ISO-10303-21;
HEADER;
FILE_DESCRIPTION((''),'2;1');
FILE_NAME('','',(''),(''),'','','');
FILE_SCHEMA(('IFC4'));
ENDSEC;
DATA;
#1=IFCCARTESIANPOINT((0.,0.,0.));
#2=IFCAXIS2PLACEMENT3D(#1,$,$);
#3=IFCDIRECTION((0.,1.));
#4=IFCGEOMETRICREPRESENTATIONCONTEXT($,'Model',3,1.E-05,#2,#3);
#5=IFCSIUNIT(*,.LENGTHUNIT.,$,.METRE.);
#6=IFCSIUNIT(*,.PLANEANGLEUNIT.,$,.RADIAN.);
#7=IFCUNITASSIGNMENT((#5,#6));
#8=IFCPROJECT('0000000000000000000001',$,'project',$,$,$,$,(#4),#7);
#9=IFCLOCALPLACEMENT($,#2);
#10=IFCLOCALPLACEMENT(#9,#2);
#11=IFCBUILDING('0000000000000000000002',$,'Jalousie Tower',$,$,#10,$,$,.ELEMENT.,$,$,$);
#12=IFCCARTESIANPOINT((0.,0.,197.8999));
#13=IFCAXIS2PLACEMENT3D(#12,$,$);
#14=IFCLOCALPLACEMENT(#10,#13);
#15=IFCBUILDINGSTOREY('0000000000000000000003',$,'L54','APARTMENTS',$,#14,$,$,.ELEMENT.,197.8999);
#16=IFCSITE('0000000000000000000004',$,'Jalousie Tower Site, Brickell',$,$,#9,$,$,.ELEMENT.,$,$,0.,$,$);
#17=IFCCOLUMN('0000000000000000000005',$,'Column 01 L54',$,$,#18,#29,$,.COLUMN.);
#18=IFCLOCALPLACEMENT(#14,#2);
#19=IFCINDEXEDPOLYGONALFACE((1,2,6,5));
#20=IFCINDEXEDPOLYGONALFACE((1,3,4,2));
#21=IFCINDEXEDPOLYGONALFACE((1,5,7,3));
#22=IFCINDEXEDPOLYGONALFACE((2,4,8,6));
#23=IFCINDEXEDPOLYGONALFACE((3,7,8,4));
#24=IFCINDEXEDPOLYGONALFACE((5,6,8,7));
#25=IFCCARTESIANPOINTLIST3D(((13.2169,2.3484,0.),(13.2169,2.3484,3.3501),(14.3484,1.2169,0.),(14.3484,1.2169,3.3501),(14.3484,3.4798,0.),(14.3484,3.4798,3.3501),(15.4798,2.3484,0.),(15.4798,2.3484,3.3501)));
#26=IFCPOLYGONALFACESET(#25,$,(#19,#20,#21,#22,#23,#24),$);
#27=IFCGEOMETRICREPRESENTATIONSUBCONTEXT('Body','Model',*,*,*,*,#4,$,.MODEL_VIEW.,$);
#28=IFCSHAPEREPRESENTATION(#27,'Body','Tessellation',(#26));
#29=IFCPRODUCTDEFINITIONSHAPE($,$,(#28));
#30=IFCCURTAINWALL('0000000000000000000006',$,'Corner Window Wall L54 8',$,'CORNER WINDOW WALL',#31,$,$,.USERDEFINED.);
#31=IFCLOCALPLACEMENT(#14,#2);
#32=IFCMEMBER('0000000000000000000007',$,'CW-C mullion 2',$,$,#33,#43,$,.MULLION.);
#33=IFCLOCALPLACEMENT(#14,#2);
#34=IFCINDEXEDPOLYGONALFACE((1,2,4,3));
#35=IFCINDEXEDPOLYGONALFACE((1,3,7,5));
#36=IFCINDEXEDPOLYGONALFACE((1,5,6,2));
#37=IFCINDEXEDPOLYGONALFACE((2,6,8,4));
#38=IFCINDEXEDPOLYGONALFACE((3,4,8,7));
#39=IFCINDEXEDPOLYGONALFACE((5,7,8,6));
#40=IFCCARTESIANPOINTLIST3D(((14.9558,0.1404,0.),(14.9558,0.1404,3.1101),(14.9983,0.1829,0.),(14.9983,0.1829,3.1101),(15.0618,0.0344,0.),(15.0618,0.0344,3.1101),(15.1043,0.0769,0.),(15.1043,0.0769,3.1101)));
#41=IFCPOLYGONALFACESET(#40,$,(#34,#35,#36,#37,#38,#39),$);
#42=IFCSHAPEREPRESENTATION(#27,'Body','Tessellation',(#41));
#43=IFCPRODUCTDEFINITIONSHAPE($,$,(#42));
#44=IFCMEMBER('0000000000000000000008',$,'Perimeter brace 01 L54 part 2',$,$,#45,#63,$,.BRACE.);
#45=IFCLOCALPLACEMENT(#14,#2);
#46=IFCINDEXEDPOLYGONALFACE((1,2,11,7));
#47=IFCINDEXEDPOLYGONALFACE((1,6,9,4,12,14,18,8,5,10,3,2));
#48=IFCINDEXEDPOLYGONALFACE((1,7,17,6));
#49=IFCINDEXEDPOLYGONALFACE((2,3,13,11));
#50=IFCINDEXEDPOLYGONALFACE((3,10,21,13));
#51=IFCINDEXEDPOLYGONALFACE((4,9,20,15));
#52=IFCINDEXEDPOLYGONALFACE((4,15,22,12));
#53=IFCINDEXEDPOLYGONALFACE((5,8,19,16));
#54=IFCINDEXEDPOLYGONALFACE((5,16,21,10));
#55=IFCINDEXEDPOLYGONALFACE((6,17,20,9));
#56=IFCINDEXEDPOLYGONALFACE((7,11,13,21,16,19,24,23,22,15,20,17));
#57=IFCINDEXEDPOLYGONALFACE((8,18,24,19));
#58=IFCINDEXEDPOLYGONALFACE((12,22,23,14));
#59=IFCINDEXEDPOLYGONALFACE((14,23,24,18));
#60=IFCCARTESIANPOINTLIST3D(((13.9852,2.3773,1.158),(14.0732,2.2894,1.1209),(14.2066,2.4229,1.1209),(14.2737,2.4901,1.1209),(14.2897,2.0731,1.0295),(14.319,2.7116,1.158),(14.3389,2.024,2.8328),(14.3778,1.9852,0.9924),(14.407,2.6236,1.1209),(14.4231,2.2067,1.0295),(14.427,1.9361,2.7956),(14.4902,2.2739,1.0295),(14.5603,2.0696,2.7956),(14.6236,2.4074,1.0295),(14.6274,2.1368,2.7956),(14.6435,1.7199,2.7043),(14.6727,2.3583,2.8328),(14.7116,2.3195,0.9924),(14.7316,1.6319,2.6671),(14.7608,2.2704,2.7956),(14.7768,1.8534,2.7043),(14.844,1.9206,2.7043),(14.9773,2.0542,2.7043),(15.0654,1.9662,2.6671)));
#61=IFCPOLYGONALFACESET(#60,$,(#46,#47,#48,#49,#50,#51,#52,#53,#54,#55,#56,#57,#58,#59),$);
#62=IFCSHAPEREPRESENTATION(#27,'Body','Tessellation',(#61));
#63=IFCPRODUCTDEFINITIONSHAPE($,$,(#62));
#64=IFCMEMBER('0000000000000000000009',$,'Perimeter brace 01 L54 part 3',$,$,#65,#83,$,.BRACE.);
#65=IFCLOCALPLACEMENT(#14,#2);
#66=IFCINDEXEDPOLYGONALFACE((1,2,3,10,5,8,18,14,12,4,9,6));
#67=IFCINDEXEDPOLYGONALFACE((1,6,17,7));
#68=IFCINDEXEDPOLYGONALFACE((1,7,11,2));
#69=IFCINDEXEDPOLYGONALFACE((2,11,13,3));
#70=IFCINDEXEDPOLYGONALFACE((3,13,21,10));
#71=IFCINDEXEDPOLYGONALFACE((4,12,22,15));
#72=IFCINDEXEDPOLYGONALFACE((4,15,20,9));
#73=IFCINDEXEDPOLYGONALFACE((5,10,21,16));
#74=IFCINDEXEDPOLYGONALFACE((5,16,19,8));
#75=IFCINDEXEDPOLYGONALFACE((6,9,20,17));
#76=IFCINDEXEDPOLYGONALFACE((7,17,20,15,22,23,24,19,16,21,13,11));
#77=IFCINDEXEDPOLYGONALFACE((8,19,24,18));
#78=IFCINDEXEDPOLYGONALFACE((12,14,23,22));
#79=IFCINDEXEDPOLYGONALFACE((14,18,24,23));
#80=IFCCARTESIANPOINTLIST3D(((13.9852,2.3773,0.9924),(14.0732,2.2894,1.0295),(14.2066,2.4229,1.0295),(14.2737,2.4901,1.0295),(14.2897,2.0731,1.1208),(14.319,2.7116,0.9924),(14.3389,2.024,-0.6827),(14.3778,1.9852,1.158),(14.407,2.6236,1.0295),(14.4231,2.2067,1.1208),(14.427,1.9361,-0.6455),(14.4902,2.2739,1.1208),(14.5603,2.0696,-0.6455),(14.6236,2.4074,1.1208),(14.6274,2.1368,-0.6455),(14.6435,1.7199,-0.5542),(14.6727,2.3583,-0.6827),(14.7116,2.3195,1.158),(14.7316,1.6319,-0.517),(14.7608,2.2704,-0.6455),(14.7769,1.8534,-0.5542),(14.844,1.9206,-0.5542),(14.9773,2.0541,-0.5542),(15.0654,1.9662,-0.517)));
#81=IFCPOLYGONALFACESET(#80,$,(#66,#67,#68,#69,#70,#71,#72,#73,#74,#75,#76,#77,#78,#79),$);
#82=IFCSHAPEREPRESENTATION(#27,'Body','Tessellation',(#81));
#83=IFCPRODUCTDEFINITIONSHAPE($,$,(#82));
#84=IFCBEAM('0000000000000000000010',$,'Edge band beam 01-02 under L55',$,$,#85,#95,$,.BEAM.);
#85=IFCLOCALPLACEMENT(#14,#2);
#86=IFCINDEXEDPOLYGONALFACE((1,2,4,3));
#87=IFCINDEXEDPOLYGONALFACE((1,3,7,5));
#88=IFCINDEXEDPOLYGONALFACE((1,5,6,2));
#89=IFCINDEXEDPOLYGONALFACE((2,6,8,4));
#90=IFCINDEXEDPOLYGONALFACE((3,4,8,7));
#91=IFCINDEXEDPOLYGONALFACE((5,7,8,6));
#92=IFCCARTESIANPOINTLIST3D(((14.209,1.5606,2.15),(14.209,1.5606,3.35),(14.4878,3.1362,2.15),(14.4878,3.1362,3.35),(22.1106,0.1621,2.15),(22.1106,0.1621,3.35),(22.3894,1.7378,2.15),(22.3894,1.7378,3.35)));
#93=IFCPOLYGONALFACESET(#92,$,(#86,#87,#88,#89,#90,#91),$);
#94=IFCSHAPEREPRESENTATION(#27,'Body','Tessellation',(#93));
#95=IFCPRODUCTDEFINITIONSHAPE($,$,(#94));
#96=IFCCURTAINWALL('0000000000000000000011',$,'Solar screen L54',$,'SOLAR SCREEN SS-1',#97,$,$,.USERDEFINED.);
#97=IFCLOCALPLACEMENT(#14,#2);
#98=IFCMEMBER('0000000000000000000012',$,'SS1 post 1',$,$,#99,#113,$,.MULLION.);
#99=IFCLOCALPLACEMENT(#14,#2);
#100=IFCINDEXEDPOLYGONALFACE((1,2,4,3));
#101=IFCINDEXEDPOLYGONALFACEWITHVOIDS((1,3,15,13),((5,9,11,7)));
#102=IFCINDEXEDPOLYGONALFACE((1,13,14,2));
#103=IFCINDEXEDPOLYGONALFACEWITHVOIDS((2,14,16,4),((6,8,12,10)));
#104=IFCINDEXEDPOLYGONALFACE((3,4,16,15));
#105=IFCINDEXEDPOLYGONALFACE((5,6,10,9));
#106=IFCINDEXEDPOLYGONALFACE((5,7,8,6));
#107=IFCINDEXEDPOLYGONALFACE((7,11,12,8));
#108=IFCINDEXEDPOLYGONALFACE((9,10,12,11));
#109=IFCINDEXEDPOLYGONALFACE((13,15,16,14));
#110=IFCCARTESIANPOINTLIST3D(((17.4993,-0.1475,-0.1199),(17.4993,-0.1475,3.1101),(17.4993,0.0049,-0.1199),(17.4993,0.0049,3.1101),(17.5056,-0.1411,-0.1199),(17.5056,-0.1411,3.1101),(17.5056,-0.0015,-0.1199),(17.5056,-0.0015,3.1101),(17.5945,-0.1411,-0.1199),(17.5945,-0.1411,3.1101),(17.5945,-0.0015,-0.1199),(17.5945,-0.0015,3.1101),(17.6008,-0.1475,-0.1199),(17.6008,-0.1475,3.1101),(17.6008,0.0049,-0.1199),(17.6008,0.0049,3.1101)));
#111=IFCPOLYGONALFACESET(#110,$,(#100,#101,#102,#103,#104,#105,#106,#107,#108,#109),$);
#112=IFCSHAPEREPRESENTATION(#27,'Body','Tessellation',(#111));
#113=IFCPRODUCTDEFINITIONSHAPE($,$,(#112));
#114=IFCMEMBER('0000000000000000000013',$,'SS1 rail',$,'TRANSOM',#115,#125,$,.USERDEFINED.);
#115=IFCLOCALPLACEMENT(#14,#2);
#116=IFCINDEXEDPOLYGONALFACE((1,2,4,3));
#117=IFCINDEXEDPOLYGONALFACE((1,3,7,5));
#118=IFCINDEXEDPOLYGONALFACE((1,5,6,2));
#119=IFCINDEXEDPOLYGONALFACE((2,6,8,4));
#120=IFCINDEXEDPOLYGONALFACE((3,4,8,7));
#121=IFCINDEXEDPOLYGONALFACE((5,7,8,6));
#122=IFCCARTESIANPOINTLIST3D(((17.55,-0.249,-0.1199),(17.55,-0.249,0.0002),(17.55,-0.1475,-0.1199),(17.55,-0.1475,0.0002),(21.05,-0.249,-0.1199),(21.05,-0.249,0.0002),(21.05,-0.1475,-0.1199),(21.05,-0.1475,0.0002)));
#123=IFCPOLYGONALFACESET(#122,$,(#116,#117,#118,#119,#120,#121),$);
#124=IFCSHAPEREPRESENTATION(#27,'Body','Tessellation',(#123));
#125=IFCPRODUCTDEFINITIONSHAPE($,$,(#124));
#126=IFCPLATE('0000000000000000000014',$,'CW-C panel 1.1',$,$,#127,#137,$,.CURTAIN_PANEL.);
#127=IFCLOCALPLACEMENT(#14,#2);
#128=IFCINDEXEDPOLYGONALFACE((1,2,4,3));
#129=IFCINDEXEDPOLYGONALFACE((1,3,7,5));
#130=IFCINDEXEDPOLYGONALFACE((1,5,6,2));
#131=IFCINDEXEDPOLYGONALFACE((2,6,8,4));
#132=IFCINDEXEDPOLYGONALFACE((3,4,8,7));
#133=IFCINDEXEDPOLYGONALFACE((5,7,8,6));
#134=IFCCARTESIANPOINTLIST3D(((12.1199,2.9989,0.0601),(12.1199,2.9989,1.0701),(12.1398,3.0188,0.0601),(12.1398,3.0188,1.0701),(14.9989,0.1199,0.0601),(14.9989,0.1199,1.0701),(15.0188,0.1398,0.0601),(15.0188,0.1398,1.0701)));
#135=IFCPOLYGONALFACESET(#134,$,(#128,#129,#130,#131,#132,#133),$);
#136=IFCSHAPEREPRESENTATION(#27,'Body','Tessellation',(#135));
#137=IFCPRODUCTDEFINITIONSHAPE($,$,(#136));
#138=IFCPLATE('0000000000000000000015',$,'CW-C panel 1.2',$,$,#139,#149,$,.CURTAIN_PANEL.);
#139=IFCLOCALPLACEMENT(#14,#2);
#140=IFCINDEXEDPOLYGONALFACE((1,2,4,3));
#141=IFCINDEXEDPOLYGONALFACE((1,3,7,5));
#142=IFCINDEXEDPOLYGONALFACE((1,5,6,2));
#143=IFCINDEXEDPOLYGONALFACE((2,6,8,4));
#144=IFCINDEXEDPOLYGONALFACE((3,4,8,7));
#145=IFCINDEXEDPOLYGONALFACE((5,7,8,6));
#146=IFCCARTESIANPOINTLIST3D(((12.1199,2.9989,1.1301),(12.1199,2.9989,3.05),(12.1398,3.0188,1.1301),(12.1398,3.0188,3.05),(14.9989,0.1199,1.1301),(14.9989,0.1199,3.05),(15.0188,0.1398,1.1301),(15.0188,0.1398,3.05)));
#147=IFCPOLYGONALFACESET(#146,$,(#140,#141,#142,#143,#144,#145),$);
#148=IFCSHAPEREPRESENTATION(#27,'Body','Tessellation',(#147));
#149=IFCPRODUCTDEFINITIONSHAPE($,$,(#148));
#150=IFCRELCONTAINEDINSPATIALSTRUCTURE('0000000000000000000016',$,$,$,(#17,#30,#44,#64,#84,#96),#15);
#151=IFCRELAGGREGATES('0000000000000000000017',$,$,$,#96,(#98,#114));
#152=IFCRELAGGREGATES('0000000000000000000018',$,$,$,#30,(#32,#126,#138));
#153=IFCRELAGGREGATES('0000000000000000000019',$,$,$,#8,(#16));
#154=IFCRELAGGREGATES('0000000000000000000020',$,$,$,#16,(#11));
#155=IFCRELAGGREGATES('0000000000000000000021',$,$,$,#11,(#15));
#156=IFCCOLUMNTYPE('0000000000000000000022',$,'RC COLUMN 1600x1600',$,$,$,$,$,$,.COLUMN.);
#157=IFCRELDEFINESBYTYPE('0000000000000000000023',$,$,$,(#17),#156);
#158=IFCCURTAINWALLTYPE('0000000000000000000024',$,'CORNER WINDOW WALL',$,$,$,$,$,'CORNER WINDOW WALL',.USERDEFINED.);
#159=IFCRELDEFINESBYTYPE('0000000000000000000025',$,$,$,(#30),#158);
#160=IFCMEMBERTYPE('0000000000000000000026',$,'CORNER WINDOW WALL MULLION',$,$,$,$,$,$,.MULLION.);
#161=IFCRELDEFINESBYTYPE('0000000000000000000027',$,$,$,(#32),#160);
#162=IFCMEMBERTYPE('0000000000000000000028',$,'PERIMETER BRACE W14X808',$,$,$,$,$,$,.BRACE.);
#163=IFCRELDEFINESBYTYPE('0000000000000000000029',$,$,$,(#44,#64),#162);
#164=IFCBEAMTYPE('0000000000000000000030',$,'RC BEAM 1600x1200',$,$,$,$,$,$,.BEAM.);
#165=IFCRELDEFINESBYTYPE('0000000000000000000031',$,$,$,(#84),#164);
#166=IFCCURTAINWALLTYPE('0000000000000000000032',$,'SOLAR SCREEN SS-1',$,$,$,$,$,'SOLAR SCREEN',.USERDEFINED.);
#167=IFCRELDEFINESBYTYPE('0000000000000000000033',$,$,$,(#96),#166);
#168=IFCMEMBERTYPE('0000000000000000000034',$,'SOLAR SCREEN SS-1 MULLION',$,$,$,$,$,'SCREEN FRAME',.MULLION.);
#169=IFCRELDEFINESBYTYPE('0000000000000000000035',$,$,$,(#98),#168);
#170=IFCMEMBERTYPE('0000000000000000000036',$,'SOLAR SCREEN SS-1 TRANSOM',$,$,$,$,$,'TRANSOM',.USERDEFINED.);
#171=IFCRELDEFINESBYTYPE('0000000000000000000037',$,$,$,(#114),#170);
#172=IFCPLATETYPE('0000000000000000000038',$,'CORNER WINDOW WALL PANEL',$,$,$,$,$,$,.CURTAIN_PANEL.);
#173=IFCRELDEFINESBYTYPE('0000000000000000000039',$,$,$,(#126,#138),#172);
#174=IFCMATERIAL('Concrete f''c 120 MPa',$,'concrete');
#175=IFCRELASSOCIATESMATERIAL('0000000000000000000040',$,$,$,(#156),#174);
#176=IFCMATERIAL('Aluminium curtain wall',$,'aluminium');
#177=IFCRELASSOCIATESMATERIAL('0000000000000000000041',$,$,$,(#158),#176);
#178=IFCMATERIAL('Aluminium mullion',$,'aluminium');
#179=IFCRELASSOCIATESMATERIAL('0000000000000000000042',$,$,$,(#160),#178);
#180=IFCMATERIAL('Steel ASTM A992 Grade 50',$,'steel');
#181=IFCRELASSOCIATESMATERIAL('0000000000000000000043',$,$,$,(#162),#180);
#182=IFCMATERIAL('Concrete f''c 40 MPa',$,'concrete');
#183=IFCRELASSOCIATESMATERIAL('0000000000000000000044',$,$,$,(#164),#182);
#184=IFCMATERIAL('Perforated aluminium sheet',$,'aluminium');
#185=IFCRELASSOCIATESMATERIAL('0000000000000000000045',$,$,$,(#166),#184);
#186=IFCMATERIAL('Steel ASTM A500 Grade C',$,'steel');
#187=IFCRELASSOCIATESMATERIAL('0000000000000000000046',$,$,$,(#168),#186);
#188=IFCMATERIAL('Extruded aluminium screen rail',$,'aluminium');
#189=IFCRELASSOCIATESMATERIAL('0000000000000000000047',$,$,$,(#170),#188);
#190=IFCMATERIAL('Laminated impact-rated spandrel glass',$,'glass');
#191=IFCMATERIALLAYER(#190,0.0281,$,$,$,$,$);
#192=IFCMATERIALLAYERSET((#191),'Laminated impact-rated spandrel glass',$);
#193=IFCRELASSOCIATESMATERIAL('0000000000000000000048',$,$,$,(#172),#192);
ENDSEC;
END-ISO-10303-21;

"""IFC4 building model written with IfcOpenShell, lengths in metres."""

from ifc_helpers import new_model, si_unit, direction, frame, origin, origin_2d, place, context, subcontext, project, spatial, rectangle, hollow_rectangle, i_section, extrude, material, layer, layer_set, material_profile, profile_set, type_object, element, aggregate, save


model = new_model("IFC4")

# Units and contexts
model_context = context("Model", 3, precision=1e-05, world=origin(), true_north=direction((0.0, 1.0)))
body_context = subcontext(model_context, "Body", "Model", "MODEL_VIEW")
ifc_project = project(units=[si_unit("LENGTHUNIT", "METRE"), si_unit("PLANEANGLEUNIT", "RADIAN")], contexts=[model_context])

# Site, building, storey
site_placement = place(None, origin())
site = spatial("IfcSite", under=ifc_project, at=site_placement, Name="Jalousie Tower Site, Brickell", CompositionType="ELEMENT", RefElevation=0.0)
building_placement = place(site_placement, origin())
building = spatial("IfcBuilding", under=site, at=building_placement, Name="Jalousie Tower", CompositionType="ELEMENT")
storey_placement = place(building_placement, frame((0.0, 0.0, 197.8999)))
storey = spatial("IfcBuildingStorey", under=building, at=storey_placement, Name="L54", Description="APARTMENTS", CompositionType="ELEMENT", Elevation=197.8999)

# Column
ifc_material_1 = material(Name="Concrete f'c 120 MPa", Category="concrete")
ifc_material_profile_1 = material_profile(ifc_material_1, rectangle(XDim=1.6001, YDim=1.6001, at=origin_2d()), Name="RC 1600x1600")
ifc_profile_set_1 = profile_set([ifc_material_profile_1], Name="Concrete f'c 120 MPa")
column_type = type_object("IfcColumnType", Name="RC COLUMN 1600x1600", PredefinedType="COLUMN", material=ifc_profile_set_1)
column_placement = place(storey_placement, frame((14.3484, 2.3484, 0.0), z_axis=(0.0, 0.0, 1.0), x_axis=(0.707107, 0.707107, 0.0)))
element("IfcColumn", 1, at=column_placement, inside=storey, type_object=column_type, Name="Column 01 L54", PredefinedType="COLUMN", context=body_context, shape_type="SweptSolid", body=[
    extrude(rectangle(XDim=1.6001, YDim=1.6001, at=origin_2d()), origin(), (0.0, 0.0, 1.0), 3.3501),
])

# Curtain wall, member
ifc_material_2 = material(Name="Aluminium curtain wall", Category="aluminium")
curtain_wall_type_1 = type_object("IfcCurtainWallType", Name="CORNER WINDOW WALL", ElementType="CORNER WINDOW WALL", PredefinedType="USERDEFINED", material=ifc_material_2)
curtain_wall_1_placement = place(storey_placement, origin())
curtain_wall_1 = element("IfcCurtainWall", 2, at=curtain_wall_1_placement, inside=storey, type_object=curtain_wall_type_1, Name="Corner Window Wall L54 8", ObjectType="CORNER WINDOW WALL", PredefinedType="USERDEFINED")
ifc_material_3 = material(Name="Aluminium mullion", Category="aluminium")
ifc_material_profile_2 = material_profile(ifc_material_3, rectangle(XDim=0.0601, YDim=0.1499, at=origin_2d()), Name="MULLION 60x150")
ifc_profile_set_2 = profile_set([ifc_material_profile_2], Name="Aluminium mullion")
member_type_1 = type_object("IfcMemberType", Name="CORNER WINDOW WALL MULLION", PredefinedType="MULLION", material=ifc_profile_set_2)
member_1_placement = place(storey_placement, frame((15.03, 0.1086, 0.0), z_axis=(0.0, 0.0, 1.0), x_axis=(0.707107, 0.707107, 0.0)))
member_1 = element("IfcMember", 3, at=member_1_placement, type_object=member_type_1, Name="CW-C mullion 2", PredefinedType="MULLION", context=body_context, shape_type="SweptSolid", body=[
    extrude(rectangle(XDim=0.0601, YDim=0.1499, at=origin_2d()), origin(), (0.0, 0.0, 1.0), 3.1101),
])

# Members
ifc_material_4 = material(Name="Steel ASTM A992 Grade 50", Category="steel")
ifc_material_profile_3 = material_profile(ifc_material_4, i_section(OverallWidth=0.4724, OverallDepth=0.5791, WebThickness=0.095, FlangeThickness=0.1299, at=origin_2d()), Name="W14X808")
ifc_profile_set_3 = profile_set([ifc_material_profile_3], Name="Steel ASTM A992 Grade 50")
member_type_2 = type_object("IfcMemberType", Name="PERIMETER BRACE W14X808", PredefinedType="BRACE", material=ifc_profile_set_3)
member_2_placement = place(storey_placement, frame((14.3484, 2.3484, 1.0752), z_axis=(0.202399, -0.20212, 0.958218), x_axis=(0.706618, 0.707595, 0.0)))
element("IfcMember", 4, at=member_2_placement, inside=storey, type_object=member_type_2, Name="Perimeter brace 01 L54 part 2", PredefinedType="BRACE", context=body_context, shape_type="SweptSolid", body=[
    extrude(i_section(OverallWidth=0.4724, OverallDepth=0.5791, WebThickness=0.095, FlangeThickness=0.1299, at=origin_2d()), origin(), (0.0, 0.0, 1.0), 1.7478),
])
member_3_placement = place(storey_placement, frame((14.7021, 1.9951, -0.5999), z_axis=(-0.202372, 0.202093, 0.95823), x_axis=(-0.706618, -0.707595, 0.0)))
element("IfcMember", 5, at=member_3_placement, inside=storey, type_object=member_type_2, Name="Perimeter brace 01 L54 part 3", PredefinedType="BRACE", context=body_context, shape_type="SweptSolid", body=[
    extrude(i_section(OverallWidth=0.4724, OverallDepth=0.5791, WebThickness=0.095, FlangeThickness=0.1299, at=origin_2d()), origin(), (0.0, 0.0, 1.0), 1.748),
])

# Beam
ifc_material_5 = material(Name="Concrete f'c 40 MPa", Category="concrete")
ifc_material_profile_4 = material_profile(ifc_material_5, rectangle(XDim=1.6001, YDim=1.2, at=origin_2d()), Name="RC 1600x1200")
ifc_profile_set_4 = profile_set([ifc_material_profile_4], Name="Concrete f'c 40 MPa")
beam_type = type_object("IfcBeamType", Name="RC BEAM 1600x1200", PredefinedType="BEAM", material=ifc_profile_set_4)
beam_placement = place(storey_placement, frame((14.3484, 2.3484, 2.75), z_axis=(0.984697, -0.174273, 0.0), x_axis=(0.174273, 0.984697, 0.0)))
element("IfcBeam", 6, at=beam_placement, inside=storey, type_object=beam_type, Name="Edge band beam 01-02 under L55", PredefinedType="BEAM", context=body_context, shape_type="SweptSolid", body=[
    extrude(rectangle(XDim=1.6001, YDim=1.2, at=origin_2d()), origin(), (0.0, 0.0, 1.0), 8.0244),
])

# Curtain wall, members
ifc_material_6 = material(Name="Perforated aluminium sheet", Category="aluminium")
curtain_wall_type_2 = type_object("IfcCurtainWallType", Name="SOLAR SCREEN SS-1", ElementType="SOLAR SCREEN", PredefinedType="USERDEFINED", material=ifc_material_6)
curtain_wall_2_placement = place(storey_placement, origin())
curtain_wall_2 = element("IfcCurtainWall", 7, at=curtain_wall_2_placement, inside=storey, type_object=curtain_wall_type_2, Name="Solar screen L54", ObjectType="SOLAR SCREEN SS-1", PredefinedType="USERDEFINED")
ifc_material_7 = material(Name="Steel ASTM A500 Grade C", Category="steel")
ifc_material_profile_5 = material_profile(ifc_material_7, hollow_rectangle(XDim=0.1016, YDim=0.1523, WallThickness=0.0063, at=origin_2d()), Name="HSS6X4X1/4")
ifc_profile_set_5 = profile_set([ifc_material_profile_5], Name="Steel ASTM A500 Grade C")
member_type_3 = type_object("IfcMemberType", Name="SOLAR SCREEN SS-1 MULLION", ElementType="SCREEN FRAME", PredefinedType="MULLION", material=ifc_profile_set_5)
member_4_placement = place(storey_placement, frame((17.55, -0.0713, -0.1199), z_axis=(0.0, 0.0, 1.0), x_axis=(1.0, 0.0, 0.0)))
member_4 = element("IfcMember", 8, at=member_4_placement, type_object=member_type_3, Name="SS1 post 1", PredefinedType="MULLION", context=body_context, shape_type="SweptSolid", body=[
    extrude(hollow_rectangle(XDim=0.1016, YDim=0.1523, WallThickness=0.0063, at=origin_2d()), origin(), (0.0, 0.0, 1.0), 3.23),
])
ifc_material_8 = material(Name="Extruded aluminium screen rail", Category="aluminium")
ifc_material_profile_6 = material_profile(ifc_material_8, rectangle(XDim=0.1016, YDim=0.1201, at=origin_2d()), Name="RAIL 102x120")
ifc_profile_set_6 = profile_set([ifc_material_profile_6], Name="Extruded aluminium screen rail")
member_type_4 = type_object("IfcMemberType", Name="SOLAR SCREEN SS-1 TRANSOM", ElementType="TRANSOM", PredefinedType="USERDEFINED", material=ifc_profile_set_6)
member_5_placement = place(storey_placement, frame((17.55, -0.1982, -0.0598), z_axis=(1.0, 0.0, 0.0), x_axis=(0.0, 1.0, 0.0)))
member_5 = element("IfcMember", 9, at=member_5_placement, type_object=member_type_4, Name="SS1 rail", ObjectType="TRANSOM", PredefinedType="USERDEFINED", context=body_context, shape_type="SweptSolid", body=[
    extrude(rectangle(XDim=0.1016, YDim=0.1201, at=origin_2d()), origin(), (0.0, 0.0, 1.0), 3.5),
])
aggregate(curtain_wall_2, [member_4, member_5])

# Plates
ifc_material_9 = material(Name="Laminated impact-rated spandrel glass", Category="glass")
ifc_layer = layer(ifc_material_9, 0.0281)
ifc_layer_set = layer_set([ifc_layer], Name="Laminated impact-rated spandrel glass")
plate_type = type_object("IfcPlateType", Name="CORNER WINDOW WALL PANEL", PredefinedType="CURTAIN_PANEL", material=ifc_layer_set)
plate_1_placement = place(storey_placement, frame((13.5693, 1.5693, 0.0601), z_axis=(0.0, 0.0, 1.0), x_axis=(0.707107, -0.707107, 0.0)))
plate_1 = element("IfcPlate", 10, at=plate_1_placement, type_object=plate_type, Name="CW-C panel 1.1", PredefinedType="CURTAIN_PANEL", context=body_context, shape_type="SweptSolid", body=[
    extrude(rectangle(XDim=4.0715, YDim=0.0281, at=origin_2d()), origin(), (0.0, 0.0, 1.0), 1.01),
])
plate_2_placement = place(storey_placement, frame((13.5693, 1.5693, 1.1301), z_axis=(0.0, 0.0, 1.0), x_axis=(0.707107, -0.707107, 0.0)))
plate_2 = element("IfcPlate", 11, at=plate_2_placement, type_object=plate_type, Name="CW-C panel 1.2", PredefinedType="CURTAIN_PANEL", context=body_context, shape_type="SweptSolid", body=[
    extrude(rectangle(XDim=4.0715, YDim=0.0281, at=origin_2d()), origin(), (0.0, 0.0, 1.0), 1.9199),
])
aggregate(curtain_wall_1, [member_1, plate_1, plate_2])

save(model, "model.ifc")
